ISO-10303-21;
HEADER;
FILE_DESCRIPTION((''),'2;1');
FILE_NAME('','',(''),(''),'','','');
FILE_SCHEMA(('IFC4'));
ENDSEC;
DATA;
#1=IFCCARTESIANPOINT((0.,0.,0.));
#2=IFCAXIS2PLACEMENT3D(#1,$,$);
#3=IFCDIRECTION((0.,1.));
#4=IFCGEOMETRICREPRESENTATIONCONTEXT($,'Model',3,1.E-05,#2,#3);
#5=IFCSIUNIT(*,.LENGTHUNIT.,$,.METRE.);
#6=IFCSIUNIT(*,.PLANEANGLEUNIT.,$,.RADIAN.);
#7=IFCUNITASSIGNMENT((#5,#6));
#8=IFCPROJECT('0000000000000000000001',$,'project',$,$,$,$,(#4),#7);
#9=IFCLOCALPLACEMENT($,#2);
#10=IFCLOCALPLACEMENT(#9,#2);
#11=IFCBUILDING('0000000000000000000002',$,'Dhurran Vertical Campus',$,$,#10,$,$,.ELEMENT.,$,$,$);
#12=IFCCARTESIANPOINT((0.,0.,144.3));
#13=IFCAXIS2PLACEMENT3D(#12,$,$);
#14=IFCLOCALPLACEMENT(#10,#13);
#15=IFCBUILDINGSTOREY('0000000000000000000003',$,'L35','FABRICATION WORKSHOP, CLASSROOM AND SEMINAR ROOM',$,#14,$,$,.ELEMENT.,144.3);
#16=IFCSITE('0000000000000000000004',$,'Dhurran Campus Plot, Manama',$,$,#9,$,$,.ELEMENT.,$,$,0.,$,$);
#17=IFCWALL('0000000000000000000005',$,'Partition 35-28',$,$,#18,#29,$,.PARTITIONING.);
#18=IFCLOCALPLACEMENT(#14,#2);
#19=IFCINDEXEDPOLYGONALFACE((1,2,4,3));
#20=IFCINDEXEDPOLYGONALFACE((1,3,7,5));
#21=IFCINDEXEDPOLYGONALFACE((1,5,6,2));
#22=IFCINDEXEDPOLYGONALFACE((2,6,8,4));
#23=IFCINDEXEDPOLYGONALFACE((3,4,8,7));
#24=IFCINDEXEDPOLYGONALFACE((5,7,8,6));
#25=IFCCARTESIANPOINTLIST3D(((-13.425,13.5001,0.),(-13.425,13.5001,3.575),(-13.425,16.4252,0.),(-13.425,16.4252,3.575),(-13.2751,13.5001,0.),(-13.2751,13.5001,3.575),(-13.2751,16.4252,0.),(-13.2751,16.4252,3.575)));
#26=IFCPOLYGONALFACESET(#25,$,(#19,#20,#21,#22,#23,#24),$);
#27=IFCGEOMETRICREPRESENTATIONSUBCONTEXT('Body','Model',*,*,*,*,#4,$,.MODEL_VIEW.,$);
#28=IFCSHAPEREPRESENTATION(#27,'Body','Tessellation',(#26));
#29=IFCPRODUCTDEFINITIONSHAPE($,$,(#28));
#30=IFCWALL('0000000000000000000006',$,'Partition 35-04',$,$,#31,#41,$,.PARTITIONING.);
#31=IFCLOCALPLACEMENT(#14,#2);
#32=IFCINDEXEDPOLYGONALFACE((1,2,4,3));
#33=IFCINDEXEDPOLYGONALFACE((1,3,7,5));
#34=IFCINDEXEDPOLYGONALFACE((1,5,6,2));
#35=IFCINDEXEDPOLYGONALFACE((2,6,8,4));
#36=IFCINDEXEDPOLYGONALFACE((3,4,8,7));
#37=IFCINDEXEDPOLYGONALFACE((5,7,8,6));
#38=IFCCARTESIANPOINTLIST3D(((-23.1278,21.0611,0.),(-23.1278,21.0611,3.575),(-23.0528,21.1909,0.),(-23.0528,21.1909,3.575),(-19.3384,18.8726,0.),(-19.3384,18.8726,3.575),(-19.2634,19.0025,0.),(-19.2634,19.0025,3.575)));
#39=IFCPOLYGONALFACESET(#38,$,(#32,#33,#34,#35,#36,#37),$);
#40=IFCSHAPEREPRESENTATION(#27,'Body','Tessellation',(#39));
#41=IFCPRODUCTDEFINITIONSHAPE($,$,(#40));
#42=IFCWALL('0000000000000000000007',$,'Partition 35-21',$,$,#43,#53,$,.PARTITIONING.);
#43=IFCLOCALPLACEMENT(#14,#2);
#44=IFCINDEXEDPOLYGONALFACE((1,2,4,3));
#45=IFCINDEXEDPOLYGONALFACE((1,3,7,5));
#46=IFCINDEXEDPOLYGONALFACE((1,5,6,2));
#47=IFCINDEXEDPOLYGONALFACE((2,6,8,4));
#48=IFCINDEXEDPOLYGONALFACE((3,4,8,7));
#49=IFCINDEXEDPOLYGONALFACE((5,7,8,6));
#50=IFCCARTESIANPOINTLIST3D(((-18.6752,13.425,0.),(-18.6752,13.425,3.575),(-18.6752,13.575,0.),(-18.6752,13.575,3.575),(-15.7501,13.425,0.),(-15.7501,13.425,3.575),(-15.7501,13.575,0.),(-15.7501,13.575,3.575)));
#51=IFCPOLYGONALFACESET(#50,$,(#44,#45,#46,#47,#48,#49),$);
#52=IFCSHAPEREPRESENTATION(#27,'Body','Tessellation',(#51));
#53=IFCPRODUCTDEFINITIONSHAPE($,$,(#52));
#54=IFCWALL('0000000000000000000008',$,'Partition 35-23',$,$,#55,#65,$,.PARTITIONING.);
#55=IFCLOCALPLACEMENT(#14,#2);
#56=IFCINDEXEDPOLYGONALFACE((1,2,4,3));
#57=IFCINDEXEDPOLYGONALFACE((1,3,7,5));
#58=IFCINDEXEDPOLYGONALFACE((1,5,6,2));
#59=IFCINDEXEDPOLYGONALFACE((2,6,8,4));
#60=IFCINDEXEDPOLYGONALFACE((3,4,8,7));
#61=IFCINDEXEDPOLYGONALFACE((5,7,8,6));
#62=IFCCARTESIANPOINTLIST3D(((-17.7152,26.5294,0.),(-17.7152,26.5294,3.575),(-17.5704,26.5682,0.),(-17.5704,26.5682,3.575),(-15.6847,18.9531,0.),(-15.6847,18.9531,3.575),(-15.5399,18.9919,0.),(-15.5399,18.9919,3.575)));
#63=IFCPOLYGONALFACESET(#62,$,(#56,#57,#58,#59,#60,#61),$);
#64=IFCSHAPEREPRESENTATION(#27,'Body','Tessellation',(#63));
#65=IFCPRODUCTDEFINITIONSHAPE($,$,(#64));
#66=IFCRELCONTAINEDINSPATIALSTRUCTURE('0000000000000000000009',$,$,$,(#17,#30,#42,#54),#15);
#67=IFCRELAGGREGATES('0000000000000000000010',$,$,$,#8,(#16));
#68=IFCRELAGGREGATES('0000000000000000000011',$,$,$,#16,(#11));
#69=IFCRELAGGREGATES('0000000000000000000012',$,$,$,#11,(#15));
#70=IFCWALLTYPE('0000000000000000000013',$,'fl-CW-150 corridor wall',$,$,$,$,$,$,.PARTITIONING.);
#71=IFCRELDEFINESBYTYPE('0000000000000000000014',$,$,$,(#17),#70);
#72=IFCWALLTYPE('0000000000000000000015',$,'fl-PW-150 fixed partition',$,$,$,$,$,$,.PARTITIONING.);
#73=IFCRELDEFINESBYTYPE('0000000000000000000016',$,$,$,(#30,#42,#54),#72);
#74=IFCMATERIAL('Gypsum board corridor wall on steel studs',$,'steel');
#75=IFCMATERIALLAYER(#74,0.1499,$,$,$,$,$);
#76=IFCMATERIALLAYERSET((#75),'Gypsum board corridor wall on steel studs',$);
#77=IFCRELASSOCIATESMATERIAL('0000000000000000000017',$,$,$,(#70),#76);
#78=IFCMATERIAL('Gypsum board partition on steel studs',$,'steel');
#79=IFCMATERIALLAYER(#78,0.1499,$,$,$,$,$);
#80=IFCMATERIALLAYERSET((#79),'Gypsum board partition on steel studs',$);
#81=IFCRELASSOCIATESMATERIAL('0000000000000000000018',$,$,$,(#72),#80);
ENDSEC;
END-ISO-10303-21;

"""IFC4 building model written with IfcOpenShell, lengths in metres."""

from ifc_helpers import new_model, si_unit, direction, frame, frame_2d, origin, place, context, subcontext, project, spatial, rectangle, extrude, material, layer, layer_set, type_object, element, save


model = new_model("IFC4")

# Units and contexts
model_context = context("Model", 3, precision=1e-05, world=origin(), true_north=direction((0.0, 1.0)))
body_context = subcontext(model_context, "Body", "Model", "MODEL_VIEW")
ifc_project = project(units=[si_unit("LENGTHUNIT", "METRE"), si_unit("PLANEANGLEUNIT", "RADIAN")], contexts=[model_context])

# Site, building, storey
site_placement = place(None, origin())
site = spatial("IfcSite", under=ifc_project, at=site_placement, Name="Dhurran Campus Plot, Manama", CompositionType="ELEMENT", RefElevation=0.0)
building_placement = place(site_placement, origin())
building = spatial("IfcBuilding", under=site, at=building_placement, Name="Dhurran Vertical Campus", CompositionType="ELEMENT")
storey_placement = place(building_placement, frame((0.0, 0.0, 144.3)))
storey = spatial("IfcBuildingStorey", under=building, at=storey_placement, Name="L35", Description="FABRICATION WORKSHOP, CLASSROOM AND SEMINAR ROOM", CompositionType="ELEMENT", Elevation=144.3)

# Shared definitions
ifc_material_1 = material(Name="Gypsum board corridor wall on steel studs", Category="steel")
ifc_layer_1 = layer(ifc_material_1, 0.1499)
ifc_layer_set_1 = layer_set([ifc_layer_1], Name="Gypsum board corridor wall on steel studs")
wall_type_1 = type_object("IfcWallType", Name="fl-CW-150 corridor wall", PredefinedType="PARTITIONING", material=ifc_layer_set_1)

# Walls
wall_1_placement = place(storey_placement, frame((-13.3501, 16.425, 0.0), z_axis=(0.0, 0.0, 1.0), x_axis=(0.0, -1.0, 0.0)))
element("IfcWall", 1, at=wall_1_placement, inside=storey, type_object=wall_type_1, Name="Partition 35-28", PredefinedType="PARTITIONING", context=body_context, shape_type="SweptSolid", body=[
    extrude(rectangle(XDim=2.925, YDim=0.1499, at=frame_2d((1.4624, 0.0))), origin(), (0.0, 0.0, 1.0), 3.575),
])
ifc_material_2 = material(Name="Gypsum board partition on steel studs", Category="steel")
ifc_layer_2 = layer(ifc_material_2, 0.1499)
ifc_layer_set_2 = layer_set([ifc_layer_2], Name="Gypsum board partition on steel studs")
wall_type_2 = type_object("IfcWallType", Name="fl-PW-150 fixed partition", PredefinedType="PARTITIONING", material=ifc_layer_set_2)
wall_2_placement = place(storey_placement, frame((-23.0903, 21.126, 0.0), z_axis=(0.0, 0.0, 1.0), x_axis=(0.865968, -0.500099, 0.0)))
element("IfcWall", 2, at=wall_2_placement, inside=storey, type_object=wall_type_2, Name="Partition 35-04", PredefinedType="PARTITIONING", context=body_context, shape_type="SweptSolid", body=[
    extrude(rectangle(XDim=4.376, YDim=0.1499, at=frame_2d((2.188, 0.0))), origin(), (0.0, 0.0, 1.0), 3.575),
])
wall_3_placement = place(storey_placement, frame((-18.675, 13.5, 0.0), z_axis=(0.0, 0.0, 1.0), x_axis=(1.0, 0.0, 0.0)))
element("IfcWall", 3, at=wall_3_placement, inside=storey, type_object=wall_type_2, Name="Partition 35-21", PredefinedType="PARTITIONING", context=body_context, shape_type="SweptSolid", body=[
    extrude(rectangle(XDim=2.925, YDim=0.1499, at=frame_2d((1.4624, 0.0))), origin(), (0.0, 0.0, 1.0), 3.575),
])
wall_4_placement = place(storey_placement, frame((-17.6428, 26.5488, 0.0), z_axis=(0.0, 0.0, 1.0), x_axis=(0.258869, -0.965912, 0.0)))
element("IfcWall", 4, at=wall_4_placement, inside=storey, type_object=wall_type_2, Name="Partition 35-23", PredefinedType="PARTITIONING", context=body_context, shape_type="SweptSolid", body=[
    extrude(rectangle(XDim=7.8438, YDim=0.1499, at=frame_2d((3.9219, 0.0))), origin(), (0.0, 0.0, 1.0), 3.575),
])

save(model, "model.ifc")
